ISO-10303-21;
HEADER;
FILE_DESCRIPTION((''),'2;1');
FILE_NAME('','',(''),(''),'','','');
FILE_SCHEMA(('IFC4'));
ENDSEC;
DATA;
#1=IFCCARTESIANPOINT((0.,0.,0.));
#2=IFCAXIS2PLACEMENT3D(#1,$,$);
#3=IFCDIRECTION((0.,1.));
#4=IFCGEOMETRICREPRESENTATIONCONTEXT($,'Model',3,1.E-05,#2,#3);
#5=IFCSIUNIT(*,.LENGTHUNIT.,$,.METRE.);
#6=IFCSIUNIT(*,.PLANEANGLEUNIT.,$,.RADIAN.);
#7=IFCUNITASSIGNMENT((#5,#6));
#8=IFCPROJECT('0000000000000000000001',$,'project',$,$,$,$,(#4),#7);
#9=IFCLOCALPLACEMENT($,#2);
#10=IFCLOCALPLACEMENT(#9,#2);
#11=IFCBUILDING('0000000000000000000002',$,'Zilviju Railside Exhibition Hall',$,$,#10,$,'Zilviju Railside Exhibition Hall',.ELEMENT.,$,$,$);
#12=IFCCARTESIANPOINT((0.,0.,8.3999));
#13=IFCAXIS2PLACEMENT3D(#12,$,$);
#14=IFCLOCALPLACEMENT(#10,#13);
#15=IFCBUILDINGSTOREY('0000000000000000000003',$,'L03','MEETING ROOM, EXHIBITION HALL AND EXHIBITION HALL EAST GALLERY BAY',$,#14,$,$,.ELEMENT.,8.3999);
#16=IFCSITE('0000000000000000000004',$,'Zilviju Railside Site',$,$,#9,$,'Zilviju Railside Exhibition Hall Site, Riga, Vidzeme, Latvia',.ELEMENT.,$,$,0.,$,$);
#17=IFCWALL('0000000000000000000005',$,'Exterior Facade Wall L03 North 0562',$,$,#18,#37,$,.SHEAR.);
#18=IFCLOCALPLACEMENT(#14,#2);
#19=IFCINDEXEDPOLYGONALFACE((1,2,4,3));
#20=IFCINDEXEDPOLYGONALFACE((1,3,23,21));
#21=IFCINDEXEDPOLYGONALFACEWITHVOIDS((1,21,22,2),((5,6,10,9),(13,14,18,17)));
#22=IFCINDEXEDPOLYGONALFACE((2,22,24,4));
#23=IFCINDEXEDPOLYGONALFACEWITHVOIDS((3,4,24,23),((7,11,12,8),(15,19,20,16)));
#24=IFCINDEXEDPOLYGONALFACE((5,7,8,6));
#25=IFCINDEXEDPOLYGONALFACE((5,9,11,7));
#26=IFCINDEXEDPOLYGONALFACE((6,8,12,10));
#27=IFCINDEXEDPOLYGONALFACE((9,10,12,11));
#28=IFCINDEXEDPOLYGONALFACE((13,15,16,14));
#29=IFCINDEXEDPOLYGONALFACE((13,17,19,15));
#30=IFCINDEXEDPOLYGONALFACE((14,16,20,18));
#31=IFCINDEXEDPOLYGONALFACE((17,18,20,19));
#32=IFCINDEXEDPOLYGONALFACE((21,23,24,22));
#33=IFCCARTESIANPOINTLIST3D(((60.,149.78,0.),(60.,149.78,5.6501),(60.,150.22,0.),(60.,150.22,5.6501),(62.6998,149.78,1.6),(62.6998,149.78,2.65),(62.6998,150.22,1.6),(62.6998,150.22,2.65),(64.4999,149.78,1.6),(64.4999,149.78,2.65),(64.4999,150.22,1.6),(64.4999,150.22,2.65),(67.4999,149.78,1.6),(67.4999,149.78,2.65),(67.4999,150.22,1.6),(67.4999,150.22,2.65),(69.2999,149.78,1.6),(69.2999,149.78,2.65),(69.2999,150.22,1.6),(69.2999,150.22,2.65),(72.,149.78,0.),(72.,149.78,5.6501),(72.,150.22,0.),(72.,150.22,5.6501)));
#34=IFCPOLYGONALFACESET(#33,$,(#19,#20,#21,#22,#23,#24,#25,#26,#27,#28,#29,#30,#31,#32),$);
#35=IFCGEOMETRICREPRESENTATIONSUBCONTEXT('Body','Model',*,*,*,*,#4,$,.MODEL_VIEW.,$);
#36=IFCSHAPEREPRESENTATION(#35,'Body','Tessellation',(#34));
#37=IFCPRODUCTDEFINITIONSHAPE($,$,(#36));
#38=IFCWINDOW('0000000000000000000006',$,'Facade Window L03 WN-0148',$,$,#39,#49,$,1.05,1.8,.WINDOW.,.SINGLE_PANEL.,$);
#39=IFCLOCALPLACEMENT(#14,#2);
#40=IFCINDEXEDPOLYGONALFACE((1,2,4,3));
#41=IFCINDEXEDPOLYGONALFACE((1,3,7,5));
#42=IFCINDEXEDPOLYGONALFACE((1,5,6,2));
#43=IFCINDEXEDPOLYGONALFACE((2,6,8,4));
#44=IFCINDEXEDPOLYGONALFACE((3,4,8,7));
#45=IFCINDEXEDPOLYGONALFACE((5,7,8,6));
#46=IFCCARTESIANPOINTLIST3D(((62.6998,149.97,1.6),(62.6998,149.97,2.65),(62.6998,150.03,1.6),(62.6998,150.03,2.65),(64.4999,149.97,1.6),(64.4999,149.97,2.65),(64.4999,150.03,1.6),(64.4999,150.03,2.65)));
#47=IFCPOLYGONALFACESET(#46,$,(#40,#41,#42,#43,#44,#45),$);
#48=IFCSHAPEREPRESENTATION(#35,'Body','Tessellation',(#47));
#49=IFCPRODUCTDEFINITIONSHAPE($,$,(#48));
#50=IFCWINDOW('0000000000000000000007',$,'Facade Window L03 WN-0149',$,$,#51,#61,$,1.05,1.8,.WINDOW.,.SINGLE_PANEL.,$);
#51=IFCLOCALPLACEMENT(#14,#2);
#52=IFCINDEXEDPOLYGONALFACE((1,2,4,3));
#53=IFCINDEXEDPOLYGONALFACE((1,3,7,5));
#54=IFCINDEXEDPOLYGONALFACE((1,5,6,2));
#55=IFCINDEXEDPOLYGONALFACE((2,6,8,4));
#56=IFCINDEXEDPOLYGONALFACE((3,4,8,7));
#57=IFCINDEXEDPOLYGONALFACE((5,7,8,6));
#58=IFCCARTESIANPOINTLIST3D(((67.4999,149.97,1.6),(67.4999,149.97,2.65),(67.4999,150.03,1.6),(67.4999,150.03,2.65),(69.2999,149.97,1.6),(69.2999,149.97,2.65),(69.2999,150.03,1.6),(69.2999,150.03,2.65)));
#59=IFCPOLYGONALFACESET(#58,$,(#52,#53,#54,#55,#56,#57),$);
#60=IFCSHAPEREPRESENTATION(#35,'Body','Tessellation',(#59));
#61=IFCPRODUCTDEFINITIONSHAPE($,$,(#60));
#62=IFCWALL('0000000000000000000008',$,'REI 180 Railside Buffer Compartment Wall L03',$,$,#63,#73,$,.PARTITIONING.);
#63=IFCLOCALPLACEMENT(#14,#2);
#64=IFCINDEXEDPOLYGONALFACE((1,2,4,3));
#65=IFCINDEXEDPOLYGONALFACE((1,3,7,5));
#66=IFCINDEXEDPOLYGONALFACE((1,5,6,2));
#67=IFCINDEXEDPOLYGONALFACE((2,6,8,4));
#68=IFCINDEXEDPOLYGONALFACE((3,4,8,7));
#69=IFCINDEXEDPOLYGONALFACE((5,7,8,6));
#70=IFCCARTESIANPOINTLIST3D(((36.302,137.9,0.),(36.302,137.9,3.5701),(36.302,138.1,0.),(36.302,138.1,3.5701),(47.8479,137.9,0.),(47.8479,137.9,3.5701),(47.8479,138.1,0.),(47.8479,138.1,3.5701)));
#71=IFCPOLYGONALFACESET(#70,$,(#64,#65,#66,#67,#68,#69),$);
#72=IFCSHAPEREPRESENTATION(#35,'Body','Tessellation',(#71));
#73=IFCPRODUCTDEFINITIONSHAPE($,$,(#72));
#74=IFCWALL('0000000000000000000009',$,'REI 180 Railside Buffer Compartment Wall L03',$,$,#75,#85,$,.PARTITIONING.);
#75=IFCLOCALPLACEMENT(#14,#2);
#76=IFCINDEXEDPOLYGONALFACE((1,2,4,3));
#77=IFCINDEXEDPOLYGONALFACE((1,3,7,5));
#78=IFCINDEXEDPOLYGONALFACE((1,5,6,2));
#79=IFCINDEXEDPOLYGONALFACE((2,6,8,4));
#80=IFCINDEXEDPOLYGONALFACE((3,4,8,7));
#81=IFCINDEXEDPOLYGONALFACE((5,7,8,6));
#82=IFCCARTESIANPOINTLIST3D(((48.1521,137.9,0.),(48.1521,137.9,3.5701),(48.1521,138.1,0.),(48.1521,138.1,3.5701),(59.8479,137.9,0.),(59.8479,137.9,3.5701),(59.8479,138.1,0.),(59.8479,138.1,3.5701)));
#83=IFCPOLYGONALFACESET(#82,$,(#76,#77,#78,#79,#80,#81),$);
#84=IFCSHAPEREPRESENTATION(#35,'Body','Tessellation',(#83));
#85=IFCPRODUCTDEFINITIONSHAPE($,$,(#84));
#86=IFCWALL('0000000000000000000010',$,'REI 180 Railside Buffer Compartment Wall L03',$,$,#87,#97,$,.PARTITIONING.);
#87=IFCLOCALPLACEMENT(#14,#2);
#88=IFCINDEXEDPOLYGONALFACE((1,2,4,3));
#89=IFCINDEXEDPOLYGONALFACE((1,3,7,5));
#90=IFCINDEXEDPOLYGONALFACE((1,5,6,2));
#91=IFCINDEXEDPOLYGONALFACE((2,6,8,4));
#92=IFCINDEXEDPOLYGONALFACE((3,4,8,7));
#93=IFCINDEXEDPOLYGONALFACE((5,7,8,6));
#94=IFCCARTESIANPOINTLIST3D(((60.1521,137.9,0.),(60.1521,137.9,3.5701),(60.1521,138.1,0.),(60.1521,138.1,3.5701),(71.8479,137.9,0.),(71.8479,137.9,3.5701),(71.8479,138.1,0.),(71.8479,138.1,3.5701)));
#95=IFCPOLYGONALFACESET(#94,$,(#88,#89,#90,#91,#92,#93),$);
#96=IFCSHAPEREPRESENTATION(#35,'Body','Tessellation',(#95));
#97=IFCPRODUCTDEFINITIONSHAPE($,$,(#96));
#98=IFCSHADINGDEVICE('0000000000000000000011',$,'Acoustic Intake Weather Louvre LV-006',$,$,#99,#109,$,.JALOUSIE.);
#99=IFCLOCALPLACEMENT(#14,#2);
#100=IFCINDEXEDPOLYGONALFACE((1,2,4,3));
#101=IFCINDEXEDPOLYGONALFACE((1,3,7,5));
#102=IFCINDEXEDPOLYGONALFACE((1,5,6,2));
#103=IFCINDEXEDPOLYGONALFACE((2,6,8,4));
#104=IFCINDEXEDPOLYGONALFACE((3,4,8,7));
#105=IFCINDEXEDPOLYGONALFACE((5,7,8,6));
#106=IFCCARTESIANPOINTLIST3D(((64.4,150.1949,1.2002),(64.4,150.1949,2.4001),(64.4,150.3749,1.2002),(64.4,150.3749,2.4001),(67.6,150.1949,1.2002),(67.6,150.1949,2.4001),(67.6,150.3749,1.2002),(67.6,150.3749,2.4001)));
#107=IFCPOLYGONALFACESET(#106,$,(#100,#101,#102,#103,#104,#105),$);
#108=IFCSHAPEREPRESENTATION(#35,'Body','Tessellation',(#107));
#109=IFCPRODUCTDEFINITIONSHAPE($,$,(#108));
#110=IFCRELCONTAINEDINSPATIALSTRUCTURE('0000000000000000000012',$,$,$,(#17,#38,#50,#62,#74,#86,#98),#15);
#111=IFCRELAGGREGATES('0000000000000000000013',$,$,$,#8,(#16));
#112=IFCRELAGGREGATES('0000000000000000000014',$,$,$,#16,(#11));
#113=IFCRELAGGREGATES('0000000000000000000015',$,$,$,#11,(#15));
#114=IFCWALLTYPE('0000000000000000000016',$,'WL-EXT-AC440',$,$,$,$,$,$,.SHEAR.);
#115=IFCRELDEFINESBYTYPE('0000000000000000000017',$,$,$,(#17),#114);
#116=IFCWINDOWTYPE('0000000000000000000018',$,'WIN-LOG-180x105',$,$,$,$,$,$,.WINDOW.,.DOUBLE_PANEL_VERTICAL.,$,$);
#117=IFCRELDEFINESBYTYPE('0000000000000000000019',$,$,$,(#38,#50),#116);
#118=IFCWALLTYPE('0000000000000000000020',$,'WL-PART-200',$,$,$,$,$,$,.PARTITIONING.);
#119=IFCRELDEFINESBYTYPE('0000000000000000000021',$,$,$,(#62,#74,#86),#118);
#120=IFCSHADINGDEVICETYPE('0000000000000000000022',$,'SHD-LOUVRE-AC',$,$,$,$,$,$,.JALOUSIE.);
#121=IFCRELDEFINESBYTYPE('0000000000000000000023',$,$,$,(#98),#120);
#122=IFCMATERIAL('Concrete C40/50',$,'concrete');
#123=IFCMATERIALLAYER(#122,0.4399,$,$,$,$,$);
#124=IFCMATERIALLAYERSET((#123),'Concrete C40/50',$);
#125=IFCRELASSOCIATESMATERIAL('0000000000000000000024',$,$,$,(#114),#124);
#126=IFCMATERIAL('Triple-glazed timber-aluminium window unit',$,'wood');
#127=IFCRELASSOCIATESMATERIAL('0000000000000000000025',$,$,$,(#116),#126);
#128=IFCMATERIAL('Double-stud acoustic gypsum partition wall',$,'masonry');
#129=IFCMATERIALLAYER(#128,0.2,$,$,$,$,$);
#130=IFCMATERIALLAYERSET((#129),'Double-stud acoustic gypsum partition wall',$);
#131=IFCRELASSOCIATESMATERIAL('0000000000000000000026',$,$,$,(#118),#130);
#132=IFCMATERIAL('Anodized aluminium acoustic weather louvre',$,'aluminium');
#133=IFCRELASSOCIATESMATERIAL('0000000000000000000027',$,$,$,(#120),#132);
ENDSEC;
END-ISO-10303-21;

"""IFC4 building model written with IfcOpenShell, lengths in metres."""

from ifc_helpers import new_model, si_unit, direction, frame, frame_2d, origin, origin_2d, place, context, subcontext, project, spatial, rectangle, extrude, material, layer, layer_set, type_object, element, fill, save


model = new_model("IFC4")

# Units and contexts
model_context = context("Model", 3, precision=1e-05, world=origin(), true_north=direction((0.0, 1.0)))
body_context = subcontext(model_context, "Body", "Model", "MODEL_VIEW")
ifc_project = project(units=[si_unit("LENGTHUNIT", "METRE"), si_unit("PLANEANGLEUNIT", "RADIAN")], contexts=[model_context])

# Site, building, storey
site_placement = place(None, origin())
site = spatial("IfcSite", under=ifc_project, at=site_placement, Name="Zilviju Railside Site", LongName="Zilviju Railside Exhibition Hall Site, Riga, Vidzeme, Latvia", CompositionType="ELEMENT", RefElevation=0.0)
building_placement = place(site_placement, origin())
building = spatial("IfcBuilding", under=site, at=building_placement, Name="Zilviju Railside Exhibition Hall", LongName="Zilviju Railside Exhibition Hall", CompositionType="ELEMENT")
storey_placement = place(building_placement, frame((0.0, 0.0, 8.3999)))
storey = spatial("IfcBuildingStorey", under=building, at=storey_placement, Name="L03", Description="MEETING ROOM, EXHIBITION HALL AND EXHIBITION HALL EAST GALLERY BAY", CompositionType="ELEMENT", Elevation=8.3999)

# Wall, openings, windows
ifc_material_1 = material(Name="Concrete C40/50", Category="concrete")
ifc_layer_1 = layer(ifc_material_1, 0.4399)
ifc_layer_set_1 = layer_set([ifc_layer_1], Name="Concrete C40/50")
wall_type_1 = type_object("IfcWallType", Name="WL-EXT-AC440", PredefinedType="SHEAR", material=ifc_layer_set_1)
ifc_material_2 = material(Name="Triple-glazed timber-aluminium window unit", Category="wood")
window_type = type_object("IfcWindowType", Name="WIN-LOG-180x105", PartitioningType="DOUBLE_PANEL_VERTICAL", PredefinedType="WINDOW", material=ifc_material_2)
wall_1_placement = place(storey_placement, frame((60.0, 150.0, 0.0), z_axis=(0.0, 0.0, 1.0), x_axis=(1.0, 0.0, 0.0)))
wall_1 = element("IfcWall", 1, at=wall_1_placement, inside=storey, type_object=wall_type_1, Name="Exterior Facade Wall L03 North 0562", PredefinedType="SHEAR", context=body_context, shape_type="SweptSolid", body=[
    extrude(rectangle(XDim=12.0, YDim=0.4399, at=frame_2d((6.0, 0.0))), origin(), (0.0, 0.0, 1.0), 5.6501),
])
opening_1_placement = place(wall_1_placement, frame((2.7, 0.0, 1.6001)))
opening_1 = element("IfcOpeningElement", 2, at=opening_1_placement, cuts=wall_1, PredefinedType="OPENING", context=body_context, shape_type="SweptSolid", body=[
    extrude(rectangle(XDim=1.8, YDim=1.05, at=frame_2d((0.8999, 0.5249))), frame((0.0, 0.23, 0.0), z_axis=(0.0, -1.0, 0.0), x_axis=(1.0, 0.0, 0.0)), (0.0, 0.0, 1.0), 0.46),
])
opening_2_placement = place(wall_1_placement, frame((7.5, 0.0, 1.6001)))
opening_2 = element("IfcOpeningElement", 3, at=opening_2_placement, cuts=wall_1, PredefinedType="OPENING", context=body_context, shape_type="SweptSolid", body=[
    extrude(rectangle(XDim=1.8, YDim=1.05, at=frame_2d((0.8999, 0.5249))), frame((0.0, 0.23, 0.0), z_axis=(0.0, -1.0, 0.0), x_axis=(1.0, 0.0, 0.0)), (0.0, 0.0, 1.0), 0.46),
])
window_1_placement = place(opening_1_placement, origin())
window_1 = element("IfcWindow", 4, at=window_1_placement, inside=storey, type_object=window_type, Name="Facade Window L03 WN-0148", OverallHeight=1.05, OverallWidth=1.8, PartitioningType="SINGLE_PANEL", PredefinedType="WINDOW", context=body_context, shape_type="SweptSolid", body=[
    extrude(rectangle(XDim=1.8, YDim=1.05, at=frame_2d((0.8999, 0.5249))), frame((0.0, 0.03, 0.0), z_axis=(0.0, -1.0, 0.0), x_axis=(1.0, 0.0, 0.0)), (0.0, 0.0, 1.0), 0.0601),
])
fill(opening_1, window_1)
window_2_placement = place(opening_2_placement, origin())
window_2 = element("IfcWindow", 5, at=window_2_placement, inside=storey, type_object=window_type, Name="Facade Window L03 WN-0149", OverallHeight=1.05, OverallWidth=1.8, PartitioningType="SINGLE_PANEL", PredefinedType="WINDOW", context=body_context, shape_type="SweptSolid", body=[
    extrude(rectangle(XDim=1.8, YDim=1.05, at=frame_2d((0.8999, 0.5249))), frame((0.0, 0.03, 0.0), z_axis=(0.0, -1.0, 0.0), x_axis=(1.0, 0.0, 0.0)), (0.0, 0.0, 1.0), 0.0601),
])
fill(opening_2, window_2)

# Walls
ifc_material_3 = material(Name="Double-stud acoustic gypsum partition wall", Category="masonry")
ifc_layer_2 = layer(ifc_material_3, 0.2)
ifc_layer_set_2 = layer_set([ifc_layer_2], Name="Double-stud acoustic gypsum partition wall")
wall_type_2 = type_object("IfcWallType", Name="WL-PART-200", PredefinedType="PARTITIONING", material=ifc_layer_set_2)
wall_2_placement = place(storey_placement, frame((36.302, 138.0, 0.0), z_axis=(0.0, 0.0, 1.0), x_axis=(1.0, 0.0, 0.0)))
element("IfcWall", 6, at=wall_2_placement, inside=storey, type_object=wall_type_2, Name="REI 180 Railside Buffer Compartment Wall L03", PredefinedType="PARTITIONING", context=body_context, shape_type="SweptSolid", body=[
    extrude(rectangle(XDim=11.5459, YDim=0.2, at=frame_2d((5.7729, 0.0))), origin(), (0.0, 0.0, 1.0), 3.5701),
])
for number, where, z_axis, x_axis, name in (
    (7, (48.1521, 138.0, 0.0), (0.0, 0.0, 1.0), (1.0, 0.0, 0.0), "REI 180 Railside Buffer Compartment Wall L03"),
    (8, (60.1521, 138.0, 0.0), (0.0, 0.0, 1.0), (1.0, 0.0, 0.0), "REI 180 Railside Buffer Compartment Wall L03"),
):
    element("IfcWall", number, at=place(storey_placement, frame(where, z_axis=z_axis, x_axis=x_axis)), inside=storey, type_object=wall_type_2, Name=name, PredefinedType="PARTITIONING", context=body_context, shape_type="SweptSolid", body=[
        extrude(rectangle(XDim=11.6958, YDim=0.2, at=frame_2d((5.8479, 0.0))), origin(), (0.0, 0.0, 1.0), 3.5701),
    ])

# Shading device
ifc_material_4 = material(Name="Anodized aluminium acoustic weather louvre", Category="aluminium")
shading_device_type = type_object("IfcShadingDeviceType", Name="SHD-LOUVRE-AC", PredefinedType="JALOUSIE", material=ifc_material_4)
shading_device_placement = place(storey_placement, frame((66.0, 150.2849, 1.2002), z_axis=(0.0, 0.0, 1.0), x_axis=(1.0, 0.0, 0.0)))
element("IfcShadingDevice", 9, at=shading_device_placement, inside=storey, type_object=shading_device_type, Name="Acoustic Intake Weather Louvre LV-006", PredefinedType="JALOUSIE", context=body_context, shape_type="SweptSolid", body=[
    extrude(rectangle(XDim=3.2, YDim=0.1799, at=origin_2d()), origin(), (0.0, 0.0, 1.0), 1.2),
])

save(model, "model.ifc")
